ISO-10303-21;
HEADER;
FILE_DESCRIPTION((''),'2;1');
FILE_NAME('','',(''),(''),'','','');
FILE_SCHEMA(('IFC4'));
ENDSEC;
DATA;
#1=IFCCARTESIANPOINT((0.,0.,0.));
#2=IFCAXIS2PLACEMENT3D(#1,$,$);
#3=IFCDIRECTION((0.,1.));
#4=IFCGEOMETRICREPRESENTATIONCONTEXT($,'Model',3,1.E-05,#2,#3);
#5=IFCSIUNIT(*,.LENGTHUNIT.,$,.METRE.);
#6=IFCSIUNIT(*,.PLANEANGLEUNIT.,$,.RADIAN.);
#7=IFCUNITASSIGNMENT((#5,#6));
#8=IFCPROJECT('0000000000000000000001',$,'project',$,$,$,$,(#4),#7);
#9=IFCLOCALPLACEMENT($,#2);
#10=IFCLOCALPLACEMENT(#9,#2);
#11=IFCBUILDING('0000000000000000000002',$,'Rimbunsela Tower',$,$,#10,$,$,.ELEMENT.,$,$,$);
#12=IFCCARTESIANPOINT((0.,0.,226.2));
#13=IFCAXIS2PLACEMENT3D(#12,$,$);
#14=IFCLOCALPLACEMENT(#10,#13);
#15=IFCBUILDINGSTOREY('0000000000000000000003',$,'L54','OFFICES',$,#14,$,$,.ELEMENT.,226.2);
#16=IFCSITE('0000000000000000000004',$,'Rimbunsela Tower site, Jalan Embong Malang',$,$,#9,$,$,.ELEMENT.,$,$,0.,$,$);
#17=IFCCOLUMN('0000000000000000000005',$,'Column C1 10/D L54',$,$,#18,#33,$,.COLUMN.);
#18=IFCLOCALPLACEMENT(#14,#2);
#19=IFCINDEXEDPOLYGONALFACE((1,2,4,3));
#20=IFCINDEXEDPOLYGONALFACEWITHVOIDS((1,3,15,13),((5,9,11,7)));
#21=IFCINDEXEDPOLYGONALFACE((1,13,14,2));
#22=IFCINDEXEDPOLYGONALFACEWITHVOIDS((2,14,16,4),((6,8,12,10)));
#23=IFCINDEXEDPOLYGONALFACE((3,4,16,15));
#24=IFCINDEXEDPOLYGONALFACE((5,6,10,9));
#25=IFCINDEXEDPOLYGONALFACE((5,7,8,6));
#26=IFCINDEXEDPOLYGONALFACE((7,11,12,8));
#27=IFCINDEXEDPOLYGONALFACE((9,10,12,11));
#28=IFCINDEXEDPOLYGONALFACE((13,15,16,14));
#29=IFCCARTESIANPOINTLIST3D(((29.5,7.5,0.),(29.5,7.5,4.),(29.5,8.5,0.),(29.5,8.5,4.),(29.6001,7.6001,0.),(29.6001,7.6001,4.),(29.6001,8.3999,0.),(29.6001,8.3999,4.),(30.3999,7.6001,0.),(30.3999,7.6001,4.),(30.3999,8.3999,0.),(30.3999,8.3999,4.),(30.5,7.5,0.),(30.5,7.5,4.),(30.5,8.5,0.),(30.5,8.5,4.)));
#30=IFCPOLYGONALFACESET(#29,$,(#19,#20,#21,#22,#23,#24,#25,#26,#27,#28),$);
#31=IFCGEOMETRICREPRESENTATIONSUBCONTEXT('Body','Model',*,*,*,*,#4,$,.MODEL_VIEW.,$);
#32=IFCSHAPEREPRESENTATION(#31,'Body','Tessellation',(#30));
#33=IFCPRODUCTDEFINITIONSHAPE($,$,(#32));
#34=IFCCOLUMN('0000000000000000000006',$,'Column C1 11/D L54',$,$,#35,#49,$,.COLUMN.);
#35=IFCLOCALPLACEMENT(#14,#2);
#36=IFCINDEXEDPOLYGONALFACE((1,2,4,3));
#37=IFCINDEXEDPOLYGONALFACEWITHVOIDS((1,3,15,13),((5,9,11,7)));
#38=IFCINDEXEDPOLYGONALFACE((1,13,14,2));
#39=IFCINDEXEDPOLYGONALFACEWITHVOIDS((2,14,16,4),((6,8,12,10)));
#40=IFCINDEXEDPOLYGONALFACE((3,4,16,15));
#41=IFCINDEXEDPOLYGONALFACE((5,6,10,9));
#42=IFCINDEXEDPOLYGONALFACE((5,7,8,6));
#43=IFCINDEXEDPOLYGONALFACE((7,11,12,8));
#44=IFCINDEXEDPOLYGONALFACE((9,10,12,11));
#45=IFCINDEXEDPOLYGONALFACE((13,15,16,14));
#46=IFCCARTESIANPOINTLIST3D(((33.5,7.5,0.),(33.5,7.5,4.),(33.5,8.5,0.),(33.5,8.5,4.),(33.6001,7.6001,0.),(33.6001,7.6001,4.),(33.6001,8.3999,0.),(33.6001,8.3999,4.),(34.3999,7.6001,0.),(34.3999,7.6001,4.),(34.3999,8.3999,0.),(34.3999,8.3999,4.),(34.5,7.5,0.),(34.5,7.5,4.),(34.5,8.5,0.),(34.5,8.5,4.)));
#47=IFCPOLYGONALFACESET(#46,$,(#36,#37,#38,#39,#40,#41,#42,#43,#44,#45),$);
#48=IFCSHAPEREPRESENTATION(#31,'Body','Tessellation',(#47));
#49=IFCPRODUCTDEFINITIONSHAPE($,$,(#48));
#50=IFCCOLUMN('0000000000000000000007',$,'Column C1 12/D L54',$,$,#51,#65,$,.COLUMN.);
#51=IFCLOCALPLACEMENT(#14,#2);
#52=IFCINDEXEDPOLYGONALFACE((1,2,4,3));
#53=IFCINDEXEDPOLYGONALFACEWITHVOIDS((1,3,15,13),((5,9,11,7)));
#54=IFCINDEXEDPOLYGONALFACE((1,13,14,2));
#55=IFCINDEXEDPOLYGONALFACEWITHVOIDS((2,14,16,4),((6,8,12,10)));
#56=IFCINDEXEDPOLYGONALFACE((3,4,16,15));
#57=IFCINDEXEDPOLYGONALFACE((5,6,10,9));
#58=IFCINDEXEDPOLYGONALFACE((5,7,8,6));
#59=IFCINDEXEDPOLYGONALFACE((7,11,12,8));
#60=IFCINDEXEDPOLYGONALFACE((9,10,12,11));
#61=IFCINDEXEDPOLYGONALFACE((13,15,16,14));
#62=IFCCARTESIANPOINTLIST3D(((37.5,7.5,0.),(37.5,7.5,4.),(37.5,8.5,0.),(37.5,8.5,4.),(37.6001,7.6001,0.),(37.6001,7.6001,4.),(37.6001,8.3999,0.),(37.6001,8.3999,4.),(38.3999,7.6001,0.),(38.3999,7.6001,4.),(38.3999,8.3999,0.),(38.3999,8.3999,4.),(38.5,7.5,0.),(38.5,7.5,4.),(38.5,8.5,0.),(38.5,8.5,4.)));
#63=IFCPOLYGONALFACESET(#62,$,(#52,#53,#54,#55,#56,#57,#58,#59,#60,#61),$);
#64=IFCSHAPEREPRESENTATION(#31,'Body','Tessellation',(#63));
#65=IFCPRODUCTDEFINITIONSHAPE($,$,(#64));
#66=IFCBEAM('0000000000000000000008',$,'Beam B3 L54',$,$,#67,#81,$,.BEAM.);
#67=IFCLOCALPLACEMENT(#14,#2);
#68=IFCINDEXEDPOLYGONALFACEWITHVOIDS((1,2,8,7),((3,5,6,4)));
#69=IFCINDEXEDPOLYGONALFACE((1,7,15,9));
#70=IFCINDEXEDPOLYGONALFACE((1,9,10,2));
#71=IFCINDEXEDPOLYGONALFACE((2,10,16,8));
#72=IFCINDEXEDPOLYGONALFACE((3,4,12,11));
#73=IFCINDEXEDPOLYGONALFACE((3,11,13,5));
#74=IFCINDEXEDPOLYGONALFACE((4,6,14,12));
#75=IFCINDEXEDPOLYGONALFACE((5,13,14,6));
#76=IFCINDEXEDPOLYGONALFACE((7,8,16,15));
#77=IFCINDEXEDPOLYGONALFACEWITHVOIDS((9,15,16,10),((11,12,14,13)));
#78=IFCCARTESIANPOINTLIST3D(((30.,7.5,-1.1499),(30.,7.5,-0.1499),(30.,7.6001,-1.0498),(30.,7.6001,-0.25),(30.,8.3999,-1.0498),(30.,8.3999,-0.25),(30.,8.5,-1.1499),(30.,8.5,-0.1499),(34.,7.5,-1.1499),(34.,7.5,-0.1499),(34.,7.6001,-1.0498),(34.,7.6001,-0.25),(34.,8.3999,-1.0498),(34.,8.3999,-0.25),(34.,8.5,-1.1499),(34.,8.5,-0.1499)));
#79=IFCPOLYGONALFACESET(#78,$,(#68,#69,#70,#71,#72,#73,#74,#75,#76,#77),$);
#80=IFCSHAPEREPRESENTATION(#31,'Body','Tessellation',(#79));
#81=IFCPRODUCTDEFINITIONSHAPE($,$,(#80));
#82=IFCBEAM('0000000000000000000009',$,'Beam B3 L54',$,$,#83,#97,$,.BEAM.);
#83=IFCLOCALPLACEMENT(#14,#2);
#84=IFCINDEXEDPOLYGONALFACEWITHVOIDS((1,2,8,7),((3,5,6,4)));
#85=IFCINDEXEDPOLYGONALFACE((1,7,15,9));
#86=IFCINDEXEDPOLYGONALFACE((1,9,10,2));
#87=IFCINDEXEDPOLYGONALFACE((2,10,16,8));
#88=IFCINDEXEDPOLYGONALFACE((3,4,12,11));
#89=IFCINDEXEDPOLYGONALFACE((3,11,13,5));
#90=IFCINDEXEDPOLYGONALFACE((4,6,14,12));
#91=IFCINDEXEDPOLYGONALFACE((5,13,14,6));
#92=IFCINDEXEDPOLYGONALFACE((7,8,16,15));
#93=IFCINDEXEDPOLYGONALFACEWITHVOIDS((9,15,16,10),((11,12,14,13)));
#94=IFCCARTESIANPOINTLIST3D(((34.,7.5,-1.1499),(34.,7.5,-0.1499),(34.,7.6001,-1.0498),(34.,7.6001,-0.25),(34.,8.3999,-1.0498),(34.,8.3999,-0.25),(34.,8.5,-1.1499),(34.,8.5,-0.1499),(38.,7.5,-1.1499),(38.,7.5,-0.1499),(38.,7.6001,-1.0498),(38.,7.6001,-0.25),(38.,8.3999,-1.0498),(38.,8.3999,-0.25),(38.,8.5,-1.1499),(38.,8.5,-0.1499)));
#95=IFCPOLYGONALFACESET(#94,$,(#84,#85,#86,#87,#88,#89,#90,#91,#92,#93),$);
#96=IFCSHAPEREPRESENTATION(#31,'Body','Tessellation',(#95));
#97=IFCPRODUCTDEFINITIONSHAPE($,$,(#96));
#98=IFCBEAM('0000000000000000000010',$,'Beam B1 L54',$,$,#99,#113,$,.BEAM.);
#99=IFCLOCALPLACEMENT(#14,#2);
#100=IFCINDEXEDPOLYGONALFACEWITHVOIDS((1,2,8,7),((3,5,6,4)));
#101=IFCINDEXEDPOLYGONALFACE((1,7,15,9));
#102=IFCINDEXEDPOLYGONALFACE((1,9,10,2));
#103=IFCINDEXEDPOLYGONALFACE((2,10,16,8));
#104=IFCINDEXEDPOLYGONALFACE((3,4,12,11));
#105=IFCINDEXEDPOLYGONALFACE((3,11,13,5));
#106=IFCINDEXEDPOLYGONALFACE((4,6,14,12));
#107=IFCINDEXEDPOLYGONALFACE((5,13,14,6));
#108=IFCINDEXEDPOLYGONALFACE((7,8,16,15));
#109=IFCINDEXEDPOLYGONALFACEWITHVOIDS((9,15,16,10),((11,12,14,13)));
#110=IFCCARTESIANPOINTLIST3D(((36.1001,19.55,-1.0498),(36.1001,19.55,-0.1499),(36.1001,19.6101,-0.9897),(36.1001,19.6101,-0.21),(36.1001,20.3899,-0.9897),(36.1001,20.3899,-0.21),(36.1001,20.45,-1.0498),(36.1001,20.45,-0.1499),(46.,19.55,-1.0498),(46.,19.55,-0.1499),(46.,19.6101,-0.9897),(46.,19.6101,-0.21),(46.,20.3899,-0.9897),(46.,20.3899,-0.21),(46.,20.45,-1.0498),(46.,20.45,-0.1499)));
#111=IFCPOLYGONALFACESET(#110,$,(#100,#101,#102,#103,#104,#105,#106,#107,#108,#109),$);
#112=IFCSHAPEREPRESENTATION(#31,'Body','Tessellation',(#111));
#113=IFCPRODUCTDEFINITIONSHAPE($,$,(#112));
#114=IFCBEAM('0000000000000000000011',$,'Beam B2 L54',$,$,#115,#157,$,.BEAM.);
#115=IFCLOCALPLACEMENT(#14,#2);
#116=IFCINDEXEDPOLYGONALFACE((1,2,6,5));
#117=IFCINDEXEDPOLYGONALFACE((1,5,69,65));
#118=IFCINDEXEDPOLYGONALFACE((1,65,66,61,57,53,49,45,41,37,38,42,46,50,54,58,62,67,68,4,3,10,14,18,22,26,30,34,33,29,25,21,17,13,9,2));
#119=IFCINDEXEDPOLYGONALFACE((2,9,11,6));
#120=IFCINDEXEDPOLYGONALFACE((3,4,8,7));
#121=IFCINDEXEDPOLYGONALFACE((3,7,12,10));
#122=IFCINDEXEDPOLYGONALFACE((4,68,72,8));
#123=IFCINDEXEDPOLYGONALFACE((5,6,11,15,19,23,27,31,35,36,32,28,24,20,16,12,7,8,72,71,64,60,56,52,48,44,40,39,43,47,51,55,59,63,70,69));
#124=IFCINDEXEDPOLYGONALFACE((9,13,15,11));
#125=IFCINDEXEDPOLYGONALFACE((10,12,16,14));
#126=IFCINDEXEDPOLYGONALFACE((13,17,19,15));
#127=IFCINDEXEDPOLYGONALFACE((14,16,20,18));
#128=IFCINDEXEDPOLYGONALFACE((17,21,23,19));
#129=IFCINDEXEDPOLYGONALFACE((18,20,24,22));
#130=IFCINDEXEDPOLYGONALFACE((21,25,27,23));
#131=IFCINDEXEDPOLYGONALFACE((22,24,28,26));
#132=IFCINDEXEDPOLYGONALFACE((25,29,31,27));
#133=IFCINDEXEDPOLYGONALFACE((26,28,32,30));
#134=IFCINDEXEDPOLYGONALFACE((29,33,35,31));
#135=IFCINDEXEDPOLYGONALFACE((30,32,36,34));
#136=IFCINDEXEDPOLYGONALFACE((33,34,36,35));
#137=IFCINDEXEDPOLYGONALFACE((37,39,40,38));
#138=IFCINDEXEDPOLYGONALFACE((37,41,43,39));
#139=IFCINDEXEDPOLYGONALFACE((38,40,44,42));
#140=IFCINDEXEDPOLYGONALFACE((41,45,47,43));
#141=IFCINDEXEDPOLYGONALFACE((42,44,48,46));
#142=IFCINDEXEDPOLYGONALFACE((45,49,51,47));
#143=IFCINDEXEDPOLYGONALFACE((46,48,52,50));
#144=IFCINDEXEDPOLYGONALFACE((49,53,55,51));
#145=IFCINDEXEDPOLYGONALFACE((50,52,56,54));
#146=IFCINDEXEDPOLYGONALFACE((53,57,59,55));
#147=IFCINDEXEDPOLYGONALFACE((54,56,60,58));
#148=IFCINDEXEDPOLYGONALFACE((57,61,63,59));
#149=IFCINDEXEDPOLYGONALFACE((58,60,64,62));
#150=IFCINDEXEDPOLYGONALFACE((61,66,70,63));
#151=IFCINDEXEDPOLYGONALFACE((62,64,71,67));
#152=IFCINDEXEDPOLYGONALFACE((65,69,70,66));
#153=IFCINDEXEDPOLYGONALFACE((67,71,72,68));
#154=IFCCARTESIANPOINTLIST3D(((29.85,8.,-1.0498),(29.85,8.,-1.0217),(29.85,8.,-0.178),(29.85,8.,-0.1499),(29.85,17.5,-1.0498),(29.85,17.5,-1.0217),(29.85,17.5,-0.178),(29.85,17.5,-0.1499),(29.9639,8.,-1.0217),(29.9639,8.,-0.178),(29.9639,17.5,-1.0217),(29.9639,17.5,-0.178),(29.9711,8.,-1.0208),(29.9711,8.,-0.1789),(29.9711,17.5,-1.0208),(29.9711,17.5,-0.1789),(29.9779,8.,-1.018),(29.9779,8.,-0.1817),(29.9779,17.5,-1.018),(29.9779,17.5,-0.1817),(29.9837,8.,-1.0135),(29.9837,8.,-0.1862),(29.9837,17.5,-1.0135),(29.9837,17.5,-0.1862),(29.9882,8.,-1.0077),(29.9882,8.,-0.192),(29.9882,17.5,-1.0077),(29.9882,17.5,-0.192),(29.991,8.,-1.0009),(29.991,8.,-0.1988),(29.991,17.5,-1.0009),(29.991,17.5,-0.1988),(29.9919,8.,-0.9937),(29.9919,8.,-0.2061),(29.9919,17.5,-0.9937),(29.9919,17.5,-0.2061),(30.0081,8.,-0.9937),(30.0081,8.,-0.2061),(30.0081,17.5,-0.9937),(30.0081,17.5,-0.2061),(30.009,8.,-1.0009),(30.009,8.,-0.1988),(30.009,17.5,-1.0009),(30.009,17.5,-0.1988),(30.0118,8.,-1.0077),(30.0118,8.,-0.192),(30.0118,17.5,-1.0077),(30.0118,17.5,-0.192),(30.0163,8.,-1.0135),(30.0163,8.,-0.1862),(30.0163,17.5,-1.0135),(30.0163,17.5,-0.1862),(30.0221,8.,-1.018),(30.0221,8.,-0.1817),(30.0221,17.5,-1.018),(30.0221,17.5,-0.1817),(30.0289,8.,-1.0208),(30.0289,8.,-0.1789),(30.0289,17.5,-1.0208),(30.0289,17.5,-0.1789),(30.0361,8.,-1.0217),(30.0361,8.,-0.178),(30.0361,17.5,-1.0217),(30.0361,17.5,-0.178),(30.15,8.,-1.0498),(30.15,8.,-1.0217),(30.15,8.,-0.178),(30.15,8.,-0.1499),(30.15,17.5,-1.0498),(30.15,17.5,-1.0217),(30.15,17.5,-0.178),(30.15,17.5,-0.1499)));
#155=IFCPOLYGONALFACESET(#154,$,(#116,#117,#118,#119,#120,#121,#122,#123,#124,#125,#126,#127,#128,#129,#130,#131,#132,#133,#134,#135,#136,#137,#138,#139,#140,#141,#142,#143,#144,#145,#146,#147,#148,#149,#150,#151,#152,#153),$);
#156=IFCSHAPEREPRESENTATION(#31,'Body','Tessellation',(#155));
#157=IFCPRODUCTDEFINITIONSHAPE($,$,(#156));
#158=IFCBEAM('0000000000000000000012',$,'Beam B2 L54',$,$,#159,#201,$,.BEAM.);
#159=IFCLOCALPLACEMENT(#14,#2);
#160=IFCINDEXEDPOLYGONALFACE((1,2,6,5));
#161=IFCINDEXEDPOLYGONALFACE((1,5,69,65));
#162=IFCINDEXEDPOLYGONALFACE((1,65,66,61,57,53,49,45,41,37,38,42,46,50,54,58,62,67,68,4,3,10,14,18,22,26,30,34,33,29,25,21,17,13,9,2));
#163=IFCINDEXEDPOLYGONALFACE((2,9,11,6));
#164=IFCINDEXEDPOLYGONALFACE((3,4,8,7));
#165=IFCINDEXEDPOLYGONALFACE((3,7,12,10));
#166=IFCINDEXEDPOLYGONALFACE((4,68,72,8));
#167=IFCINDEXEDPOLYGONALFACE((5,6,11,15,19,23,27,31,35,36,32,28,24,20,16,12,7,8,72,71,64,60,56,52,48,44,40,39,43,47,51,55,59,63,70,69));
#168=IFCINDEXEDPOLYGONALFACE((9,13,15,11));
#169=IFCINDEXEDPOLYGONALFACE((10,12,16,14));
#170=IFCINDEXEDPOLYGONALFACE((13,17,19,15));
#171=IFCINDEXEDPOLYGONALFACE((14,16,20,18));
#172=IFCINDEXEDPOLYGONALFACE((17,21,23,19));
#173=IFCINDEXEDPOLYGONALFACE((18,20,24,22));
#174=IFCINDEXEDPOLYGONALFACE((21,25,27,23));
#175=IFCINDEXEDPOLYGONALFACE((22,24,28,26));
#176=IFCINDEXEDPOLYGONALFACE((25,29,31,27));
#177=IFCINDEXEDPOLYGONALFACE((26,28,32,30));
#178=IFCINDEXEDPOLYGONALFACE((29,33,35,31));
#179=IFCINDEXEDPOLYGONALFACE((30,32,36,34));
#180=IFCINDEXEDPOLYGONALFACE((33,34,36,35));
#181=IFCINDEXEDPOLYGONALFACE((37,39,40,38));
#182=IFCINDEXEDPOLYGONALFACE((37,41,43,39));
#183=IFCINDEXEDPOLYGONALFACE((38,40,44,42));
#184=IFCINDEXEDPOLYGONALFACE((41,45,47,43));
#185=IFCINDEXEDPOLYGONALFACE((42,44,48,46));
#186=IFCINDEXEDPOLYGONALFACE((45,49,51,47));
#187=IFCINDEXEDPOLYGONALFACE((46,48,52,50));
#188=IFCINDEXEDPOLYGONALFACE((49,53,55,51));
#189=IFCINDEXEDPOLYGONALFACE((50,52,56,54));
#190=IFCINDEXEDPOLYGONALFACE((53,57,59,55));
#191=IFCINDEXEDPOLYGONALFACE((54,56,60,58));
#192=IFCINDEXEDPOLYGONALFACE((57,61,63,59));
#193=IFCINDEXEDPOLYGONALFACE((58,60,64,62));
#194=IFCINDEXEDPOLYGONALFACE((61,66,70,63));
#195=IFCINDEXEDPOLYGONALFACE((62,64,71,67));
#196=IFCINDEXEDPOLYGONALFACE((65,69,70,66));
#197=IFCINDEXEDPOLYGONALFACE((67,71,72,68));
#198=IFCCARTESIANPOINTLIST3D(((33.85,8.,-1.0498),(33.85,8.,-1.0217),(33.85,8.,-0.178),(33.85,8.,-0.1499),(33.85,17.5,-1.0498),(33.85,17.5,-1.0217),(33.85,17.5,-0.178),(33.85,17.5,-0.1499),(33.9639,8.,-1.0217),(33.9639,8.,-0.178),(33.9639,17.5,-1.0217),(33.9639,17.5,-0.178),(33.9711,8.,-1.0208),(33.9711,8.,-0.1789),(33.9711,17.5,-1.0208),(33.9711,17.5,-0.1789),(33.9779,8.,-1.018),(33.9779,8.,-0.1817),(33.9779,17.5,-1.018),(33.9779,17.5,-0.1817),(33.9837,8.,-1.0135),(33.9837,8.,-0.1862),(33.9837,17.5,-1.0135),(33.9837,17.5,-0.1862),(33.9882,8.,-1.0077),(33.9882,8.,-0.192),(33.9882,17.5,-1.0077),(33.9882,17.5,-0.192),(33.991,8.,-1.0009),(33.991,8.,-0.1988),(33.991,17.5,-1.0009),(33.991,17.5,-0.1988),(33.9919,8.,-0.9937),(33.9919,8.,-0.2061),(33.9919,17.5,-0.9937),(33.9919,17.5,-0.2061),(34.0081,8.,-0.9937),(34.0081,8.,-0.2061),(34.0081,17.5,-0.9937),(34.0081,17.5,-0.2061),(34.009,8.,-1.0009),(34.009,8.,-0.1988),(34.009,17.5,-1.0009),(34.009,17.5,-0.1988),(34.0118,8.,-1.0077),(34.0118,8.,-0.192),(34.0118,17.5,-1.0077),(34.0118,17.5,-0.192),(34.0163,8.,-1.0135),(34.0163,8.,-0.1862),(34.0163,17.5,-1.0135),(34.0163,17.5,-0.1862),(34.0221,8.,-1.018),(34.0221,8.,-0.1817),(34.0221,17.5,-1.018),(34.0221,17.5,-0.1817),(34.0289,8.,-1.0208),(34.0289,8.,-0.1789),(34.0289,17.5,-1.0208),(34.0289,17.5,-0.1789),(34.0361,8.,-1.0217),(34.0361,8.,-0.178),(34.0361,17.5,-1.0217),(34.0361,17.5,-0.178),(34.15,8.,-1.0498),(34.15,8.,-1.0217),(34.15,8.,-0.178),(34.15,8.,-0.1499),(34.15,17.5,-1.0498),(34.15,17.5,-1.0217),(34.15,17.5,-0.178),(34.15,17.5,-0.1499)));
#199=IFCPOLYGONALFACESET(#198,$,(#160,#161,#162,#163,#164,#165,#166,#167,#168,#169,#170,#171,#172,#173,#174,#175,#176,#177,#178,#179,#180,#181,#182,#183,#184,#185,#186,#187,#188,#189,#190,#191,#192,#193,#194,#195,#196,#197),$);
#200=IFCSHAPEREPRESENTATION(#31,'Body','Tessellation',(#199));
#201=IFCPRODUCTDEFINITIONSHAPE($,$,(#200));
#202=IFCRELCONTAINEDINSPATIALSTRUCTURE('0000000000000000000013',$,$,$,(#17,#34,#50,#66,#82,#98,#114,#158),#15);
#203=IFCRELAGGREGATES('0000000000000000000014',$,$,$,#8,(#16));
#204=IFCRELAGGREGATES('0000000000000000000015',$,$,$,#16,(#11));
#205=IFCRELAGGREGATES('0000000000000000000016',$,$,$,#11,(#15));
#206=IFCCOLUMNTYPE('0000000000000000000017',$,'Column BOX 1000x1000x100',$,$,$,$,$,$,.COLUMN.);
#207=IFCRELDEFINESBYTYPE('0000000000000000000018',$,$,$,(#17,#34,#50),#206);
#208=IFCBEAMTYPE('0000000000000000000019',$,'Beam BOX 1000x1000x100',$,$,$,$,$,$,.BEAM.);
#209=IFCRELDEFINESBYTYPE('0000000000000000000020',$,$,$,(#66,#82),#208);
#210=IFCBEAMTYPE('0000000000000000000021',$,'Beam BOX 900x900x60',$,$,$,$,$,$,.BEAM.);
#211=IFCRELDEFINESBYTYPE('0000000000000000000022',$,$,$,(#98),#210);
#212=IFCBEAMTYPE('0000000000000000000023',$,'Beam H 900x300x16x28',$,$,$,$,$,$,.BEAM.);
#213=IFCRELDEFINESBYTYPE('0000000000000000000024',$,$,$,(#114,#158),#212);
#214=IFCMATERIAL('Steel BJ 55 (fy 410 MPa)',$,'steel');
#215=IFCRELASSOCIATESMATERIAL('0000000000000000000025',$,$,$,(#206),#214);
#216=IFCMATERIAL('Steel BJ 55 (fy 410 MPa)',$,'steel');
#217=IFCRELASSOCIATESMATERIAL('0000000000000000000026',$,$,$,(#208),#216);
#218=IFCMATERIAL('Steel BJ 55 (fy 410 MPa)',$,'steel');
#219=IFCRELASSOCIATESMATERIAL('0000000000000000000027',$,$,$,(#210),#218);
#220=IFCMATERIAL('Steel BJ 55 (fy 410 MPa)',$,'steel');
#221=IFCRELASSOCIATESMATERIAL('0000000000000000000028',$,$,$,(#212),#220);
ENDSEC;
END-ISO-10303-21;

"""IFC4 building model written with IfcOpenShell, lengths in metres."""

from ifc_helpers import new_model, si_unit, direction, frame, origin, origin_2d, place, context, subcontext, project, spatial, hollow_rectangle, i_section, extrude, material, material_profile, profile_set, type_object, element, save


model = new_model("IFC4")

# Units and contexts
model_context = context("Model", 3, precision=1e-05, world=origin(), true_north=direction((0.0, 1.0)))
body_context = subcontext(model_context, "Body", "Model", "MODEL_VIEW")
ifc_project = project(units=[si_unit("LENGTHUNIT", "METRE"), si_unit("PLANEANGLEUNIT", "RADIAN")], contexts=[model_context])

# Site, building, storey
site_placement = place(None, origin())
site = spatial("IfcSite", under=ifc_project, at=site_placement, Name="Rimbunsela Tower site, Jalan Embong Malang", CompositionType="ELEMENT", RefElevation=0.0)
building_placement = place(site_placement, origin())
building = spatial("IfcBuilding", under=site, at=building_placement, Name="Rimbunsela Tower", CompositionType="ELEMENT")
storey_placement = place(building_placement, frame((0.0, 0.0, 226.2)))
storey = spatial("IfcBuildingStorey", under=building, at=storey_placement, Name="L54", Description="OFFICES", CompositionType="ELEMENT", Elevation=226.2)

# Columns
ifc_material_1 = material(Name="Steel BJ 55 (fy 410 MPa)", Category="steel")
ifc_material_profile_1 = material_profile(ifc_material_1, hollow_rectangle(XDim=1.0, YDim=1.0, WallThickness=0.1001, at=origin_2d()), Name="BOX 1000x1000x100")
ifc_profile_set_1 = profile_set([ifc_material_profile_1], Name="Steel BJ 55 (fy 410 MPa)")
column_type = type_object("IfcColumnType", Name="Column BOX 1000x1000x100", PredefinedType="COLUMN", material=ifc_profile_set_1)
for number, where, z_axis, x_axis, name in (
    (1, (30.0, 8.0, 0.0), (0.0, 0.0, 1.0), (1.0, 0.0, 0.0), "Column C1 10/D L54"),
    (2, (34.0, 8.0, 0.0), (0.0, 0.0, 1.0), (1.0, 0.0, 0.0), "Column C1 11/D L54"),
    (3, (38.0, 8.0, 0.0), (0.0, 0.0, 1.0), (1.0, 0.0, 0.0), "Column C1 12/D L54"),
):
    element("IfcColumn", number, at=place(storey_placement, frame(where, z_axis=z_axis, x_axis=x_axis)), inside=storey, type_object=column_type, Name=name, PredefinedType="COLUMN", context=body_context, shape_type="SweptSolid", body=[
        extrude(hollow_rectangle(XDim=1.0, YDim=1.0, WallThickness=0.1001, at=origin_2d()), origin(), (0.0, 0.0, 1.0), 4.0),
    ])

# Beams
ifc_material_2 = material(Name="Steel BJ 55 (fy 410 MPa)", Category="steel")
ifc_material_profile_2 = material_profile(ifc_material_2, hollow_rectangle(XDim=1.0, YDim=1.0, WallThickness=0.1001, at=origin_2d()), Name="BOX 1000x1000x100")
ifc_profile_set_2 = profile_set([ifc_material_profile_2], Name="Steel BJ 55 (fy 410 MPa)")
beam_type_1 = type_object("IfcBeamType", Name="Beam BOX 1000x1000x100", PredefinedType="BEAM", material=ifc_profile_set_2)
for number, where, z_axis, x_axis, name in (
    (4, (30.0, 8.0, -0.6499), (1.0, 0.0, 0.0), (0.0, 1.0, 0.0), "Beam B3 L54"),
    (5, (34.0, 8.0, -0.6499), (1.0, 0.0, 0.0), (0.0, 1.0, 0.0), "Beam B3 L54"),
):
    element("IfcBeam", number, at=place(storey_placement, frame(where, z_axis=z_axis, x_axis=x_axis)), inside=storey, type_object=beam_type_1, Name=name, PredefinedType="BEAM", context=body_context, shape_type="SweptSolid", body=[
        extrude(hollow_rectangle(XDim=1.0, YDim=1.0, WallThickness=0.1001, at=origin_2d()), origin(), (0.0, 0.0, 1.0), 4.0),
    ])
ifc_material_3 = material(Name="Steel BJ 55 (fy 410 MPa)", Category="steel")
ifc_material_profile_3 = material_profile(ifc_material_3, hollow_rectangle(XDim=0.8999, YDim=0.8999, WallThickness=0.0601, at=origin_2d()), Name="BOX 900x900x60")
ifc_profile_set_3 = profile_set([ifc_material_profile_3], Name="Steel BJ 55 (fy 410 MPa)")
beam_type_2 = type_object("IfcBeamType", Name="Beam BOX 900x900x60", PredefinedType="BEAM", material=ifc_profile_set_3)
beam_1_placement = place(storey_placement, frame((36.1001, 20.0, -0.5999), z_axis=(1.0, 0.0, 0.0), x_axis=(0.0, 1.0, 0.0)))
element("IfcBeam", 6, at=beam_1_placement, inside=storey, type_object=beam_type_2, Name="Beam B1 L54", PredefinedType="BEAM", context=body_context, shape_type="SweptSolid", body=[
    extrude(hollow_rectangle(XDim=0.8999, YDim=0.8999, WallThickness=0.0601, at=origin_2d()), origin(), (0.0, 0.0, 1.0), 9.8999),
])
ifc_material_4 = material(Name="Steel BJ 55 (fy 410 MPa)", Category="steel")
ifc_material_profile_4 = material_profile(ifc_material_4, i_section(OverallWidth=0.3, OverallDepth=0.8999, WebThickness=0.0161, FlangeThickness=0.0281, FilletRadius=0.0281, at=origin_2d()), Name="H 900x300x16x28")
ifc_profile_set_4 = profile_set([ifc_material_profile_4], Name="Steel BJ 55 (fy 410 MPa)")
beam_type_3 = type_object("IfcBeamType", Name="Beam H 900x300x16x28", PredefinedType="BEAM", material=ifc_profile_set_4)
for number, where, z_axis, x_axis, name in (
    (7, (30.0, 8.0, -0.5999), (0.0, 1.0, 0.0), (-1.0, 0.0, 0.0), "Beam B2 L54"),
    (8, (34.0, 8.0, -0.5999), (0.0, 1.0, 0.0), (-1.0, 0.0, 0.0), "Beam B2 L54"),
):
    element("IfcBeam", number, at=place(storey_placement, frame(where, z_axis=z_axis, x_axis=x_axis)), inside=storey, type_object=beam_type_3, Name=name, PredefinedType="BEAM", context=body_context, shape_type="SweptSolid", body=[
        extrude(i_section(OverallWidth=0.3, OverallDepth=0.8999, WebThickness=0.0161, FlangeThickness=0.0281, FilletRadius=0.0281, at=origin_2d()), origin(), (0.0, 0.0, 1.0), 9.5),
    ])

save(model, "model.ifc")
